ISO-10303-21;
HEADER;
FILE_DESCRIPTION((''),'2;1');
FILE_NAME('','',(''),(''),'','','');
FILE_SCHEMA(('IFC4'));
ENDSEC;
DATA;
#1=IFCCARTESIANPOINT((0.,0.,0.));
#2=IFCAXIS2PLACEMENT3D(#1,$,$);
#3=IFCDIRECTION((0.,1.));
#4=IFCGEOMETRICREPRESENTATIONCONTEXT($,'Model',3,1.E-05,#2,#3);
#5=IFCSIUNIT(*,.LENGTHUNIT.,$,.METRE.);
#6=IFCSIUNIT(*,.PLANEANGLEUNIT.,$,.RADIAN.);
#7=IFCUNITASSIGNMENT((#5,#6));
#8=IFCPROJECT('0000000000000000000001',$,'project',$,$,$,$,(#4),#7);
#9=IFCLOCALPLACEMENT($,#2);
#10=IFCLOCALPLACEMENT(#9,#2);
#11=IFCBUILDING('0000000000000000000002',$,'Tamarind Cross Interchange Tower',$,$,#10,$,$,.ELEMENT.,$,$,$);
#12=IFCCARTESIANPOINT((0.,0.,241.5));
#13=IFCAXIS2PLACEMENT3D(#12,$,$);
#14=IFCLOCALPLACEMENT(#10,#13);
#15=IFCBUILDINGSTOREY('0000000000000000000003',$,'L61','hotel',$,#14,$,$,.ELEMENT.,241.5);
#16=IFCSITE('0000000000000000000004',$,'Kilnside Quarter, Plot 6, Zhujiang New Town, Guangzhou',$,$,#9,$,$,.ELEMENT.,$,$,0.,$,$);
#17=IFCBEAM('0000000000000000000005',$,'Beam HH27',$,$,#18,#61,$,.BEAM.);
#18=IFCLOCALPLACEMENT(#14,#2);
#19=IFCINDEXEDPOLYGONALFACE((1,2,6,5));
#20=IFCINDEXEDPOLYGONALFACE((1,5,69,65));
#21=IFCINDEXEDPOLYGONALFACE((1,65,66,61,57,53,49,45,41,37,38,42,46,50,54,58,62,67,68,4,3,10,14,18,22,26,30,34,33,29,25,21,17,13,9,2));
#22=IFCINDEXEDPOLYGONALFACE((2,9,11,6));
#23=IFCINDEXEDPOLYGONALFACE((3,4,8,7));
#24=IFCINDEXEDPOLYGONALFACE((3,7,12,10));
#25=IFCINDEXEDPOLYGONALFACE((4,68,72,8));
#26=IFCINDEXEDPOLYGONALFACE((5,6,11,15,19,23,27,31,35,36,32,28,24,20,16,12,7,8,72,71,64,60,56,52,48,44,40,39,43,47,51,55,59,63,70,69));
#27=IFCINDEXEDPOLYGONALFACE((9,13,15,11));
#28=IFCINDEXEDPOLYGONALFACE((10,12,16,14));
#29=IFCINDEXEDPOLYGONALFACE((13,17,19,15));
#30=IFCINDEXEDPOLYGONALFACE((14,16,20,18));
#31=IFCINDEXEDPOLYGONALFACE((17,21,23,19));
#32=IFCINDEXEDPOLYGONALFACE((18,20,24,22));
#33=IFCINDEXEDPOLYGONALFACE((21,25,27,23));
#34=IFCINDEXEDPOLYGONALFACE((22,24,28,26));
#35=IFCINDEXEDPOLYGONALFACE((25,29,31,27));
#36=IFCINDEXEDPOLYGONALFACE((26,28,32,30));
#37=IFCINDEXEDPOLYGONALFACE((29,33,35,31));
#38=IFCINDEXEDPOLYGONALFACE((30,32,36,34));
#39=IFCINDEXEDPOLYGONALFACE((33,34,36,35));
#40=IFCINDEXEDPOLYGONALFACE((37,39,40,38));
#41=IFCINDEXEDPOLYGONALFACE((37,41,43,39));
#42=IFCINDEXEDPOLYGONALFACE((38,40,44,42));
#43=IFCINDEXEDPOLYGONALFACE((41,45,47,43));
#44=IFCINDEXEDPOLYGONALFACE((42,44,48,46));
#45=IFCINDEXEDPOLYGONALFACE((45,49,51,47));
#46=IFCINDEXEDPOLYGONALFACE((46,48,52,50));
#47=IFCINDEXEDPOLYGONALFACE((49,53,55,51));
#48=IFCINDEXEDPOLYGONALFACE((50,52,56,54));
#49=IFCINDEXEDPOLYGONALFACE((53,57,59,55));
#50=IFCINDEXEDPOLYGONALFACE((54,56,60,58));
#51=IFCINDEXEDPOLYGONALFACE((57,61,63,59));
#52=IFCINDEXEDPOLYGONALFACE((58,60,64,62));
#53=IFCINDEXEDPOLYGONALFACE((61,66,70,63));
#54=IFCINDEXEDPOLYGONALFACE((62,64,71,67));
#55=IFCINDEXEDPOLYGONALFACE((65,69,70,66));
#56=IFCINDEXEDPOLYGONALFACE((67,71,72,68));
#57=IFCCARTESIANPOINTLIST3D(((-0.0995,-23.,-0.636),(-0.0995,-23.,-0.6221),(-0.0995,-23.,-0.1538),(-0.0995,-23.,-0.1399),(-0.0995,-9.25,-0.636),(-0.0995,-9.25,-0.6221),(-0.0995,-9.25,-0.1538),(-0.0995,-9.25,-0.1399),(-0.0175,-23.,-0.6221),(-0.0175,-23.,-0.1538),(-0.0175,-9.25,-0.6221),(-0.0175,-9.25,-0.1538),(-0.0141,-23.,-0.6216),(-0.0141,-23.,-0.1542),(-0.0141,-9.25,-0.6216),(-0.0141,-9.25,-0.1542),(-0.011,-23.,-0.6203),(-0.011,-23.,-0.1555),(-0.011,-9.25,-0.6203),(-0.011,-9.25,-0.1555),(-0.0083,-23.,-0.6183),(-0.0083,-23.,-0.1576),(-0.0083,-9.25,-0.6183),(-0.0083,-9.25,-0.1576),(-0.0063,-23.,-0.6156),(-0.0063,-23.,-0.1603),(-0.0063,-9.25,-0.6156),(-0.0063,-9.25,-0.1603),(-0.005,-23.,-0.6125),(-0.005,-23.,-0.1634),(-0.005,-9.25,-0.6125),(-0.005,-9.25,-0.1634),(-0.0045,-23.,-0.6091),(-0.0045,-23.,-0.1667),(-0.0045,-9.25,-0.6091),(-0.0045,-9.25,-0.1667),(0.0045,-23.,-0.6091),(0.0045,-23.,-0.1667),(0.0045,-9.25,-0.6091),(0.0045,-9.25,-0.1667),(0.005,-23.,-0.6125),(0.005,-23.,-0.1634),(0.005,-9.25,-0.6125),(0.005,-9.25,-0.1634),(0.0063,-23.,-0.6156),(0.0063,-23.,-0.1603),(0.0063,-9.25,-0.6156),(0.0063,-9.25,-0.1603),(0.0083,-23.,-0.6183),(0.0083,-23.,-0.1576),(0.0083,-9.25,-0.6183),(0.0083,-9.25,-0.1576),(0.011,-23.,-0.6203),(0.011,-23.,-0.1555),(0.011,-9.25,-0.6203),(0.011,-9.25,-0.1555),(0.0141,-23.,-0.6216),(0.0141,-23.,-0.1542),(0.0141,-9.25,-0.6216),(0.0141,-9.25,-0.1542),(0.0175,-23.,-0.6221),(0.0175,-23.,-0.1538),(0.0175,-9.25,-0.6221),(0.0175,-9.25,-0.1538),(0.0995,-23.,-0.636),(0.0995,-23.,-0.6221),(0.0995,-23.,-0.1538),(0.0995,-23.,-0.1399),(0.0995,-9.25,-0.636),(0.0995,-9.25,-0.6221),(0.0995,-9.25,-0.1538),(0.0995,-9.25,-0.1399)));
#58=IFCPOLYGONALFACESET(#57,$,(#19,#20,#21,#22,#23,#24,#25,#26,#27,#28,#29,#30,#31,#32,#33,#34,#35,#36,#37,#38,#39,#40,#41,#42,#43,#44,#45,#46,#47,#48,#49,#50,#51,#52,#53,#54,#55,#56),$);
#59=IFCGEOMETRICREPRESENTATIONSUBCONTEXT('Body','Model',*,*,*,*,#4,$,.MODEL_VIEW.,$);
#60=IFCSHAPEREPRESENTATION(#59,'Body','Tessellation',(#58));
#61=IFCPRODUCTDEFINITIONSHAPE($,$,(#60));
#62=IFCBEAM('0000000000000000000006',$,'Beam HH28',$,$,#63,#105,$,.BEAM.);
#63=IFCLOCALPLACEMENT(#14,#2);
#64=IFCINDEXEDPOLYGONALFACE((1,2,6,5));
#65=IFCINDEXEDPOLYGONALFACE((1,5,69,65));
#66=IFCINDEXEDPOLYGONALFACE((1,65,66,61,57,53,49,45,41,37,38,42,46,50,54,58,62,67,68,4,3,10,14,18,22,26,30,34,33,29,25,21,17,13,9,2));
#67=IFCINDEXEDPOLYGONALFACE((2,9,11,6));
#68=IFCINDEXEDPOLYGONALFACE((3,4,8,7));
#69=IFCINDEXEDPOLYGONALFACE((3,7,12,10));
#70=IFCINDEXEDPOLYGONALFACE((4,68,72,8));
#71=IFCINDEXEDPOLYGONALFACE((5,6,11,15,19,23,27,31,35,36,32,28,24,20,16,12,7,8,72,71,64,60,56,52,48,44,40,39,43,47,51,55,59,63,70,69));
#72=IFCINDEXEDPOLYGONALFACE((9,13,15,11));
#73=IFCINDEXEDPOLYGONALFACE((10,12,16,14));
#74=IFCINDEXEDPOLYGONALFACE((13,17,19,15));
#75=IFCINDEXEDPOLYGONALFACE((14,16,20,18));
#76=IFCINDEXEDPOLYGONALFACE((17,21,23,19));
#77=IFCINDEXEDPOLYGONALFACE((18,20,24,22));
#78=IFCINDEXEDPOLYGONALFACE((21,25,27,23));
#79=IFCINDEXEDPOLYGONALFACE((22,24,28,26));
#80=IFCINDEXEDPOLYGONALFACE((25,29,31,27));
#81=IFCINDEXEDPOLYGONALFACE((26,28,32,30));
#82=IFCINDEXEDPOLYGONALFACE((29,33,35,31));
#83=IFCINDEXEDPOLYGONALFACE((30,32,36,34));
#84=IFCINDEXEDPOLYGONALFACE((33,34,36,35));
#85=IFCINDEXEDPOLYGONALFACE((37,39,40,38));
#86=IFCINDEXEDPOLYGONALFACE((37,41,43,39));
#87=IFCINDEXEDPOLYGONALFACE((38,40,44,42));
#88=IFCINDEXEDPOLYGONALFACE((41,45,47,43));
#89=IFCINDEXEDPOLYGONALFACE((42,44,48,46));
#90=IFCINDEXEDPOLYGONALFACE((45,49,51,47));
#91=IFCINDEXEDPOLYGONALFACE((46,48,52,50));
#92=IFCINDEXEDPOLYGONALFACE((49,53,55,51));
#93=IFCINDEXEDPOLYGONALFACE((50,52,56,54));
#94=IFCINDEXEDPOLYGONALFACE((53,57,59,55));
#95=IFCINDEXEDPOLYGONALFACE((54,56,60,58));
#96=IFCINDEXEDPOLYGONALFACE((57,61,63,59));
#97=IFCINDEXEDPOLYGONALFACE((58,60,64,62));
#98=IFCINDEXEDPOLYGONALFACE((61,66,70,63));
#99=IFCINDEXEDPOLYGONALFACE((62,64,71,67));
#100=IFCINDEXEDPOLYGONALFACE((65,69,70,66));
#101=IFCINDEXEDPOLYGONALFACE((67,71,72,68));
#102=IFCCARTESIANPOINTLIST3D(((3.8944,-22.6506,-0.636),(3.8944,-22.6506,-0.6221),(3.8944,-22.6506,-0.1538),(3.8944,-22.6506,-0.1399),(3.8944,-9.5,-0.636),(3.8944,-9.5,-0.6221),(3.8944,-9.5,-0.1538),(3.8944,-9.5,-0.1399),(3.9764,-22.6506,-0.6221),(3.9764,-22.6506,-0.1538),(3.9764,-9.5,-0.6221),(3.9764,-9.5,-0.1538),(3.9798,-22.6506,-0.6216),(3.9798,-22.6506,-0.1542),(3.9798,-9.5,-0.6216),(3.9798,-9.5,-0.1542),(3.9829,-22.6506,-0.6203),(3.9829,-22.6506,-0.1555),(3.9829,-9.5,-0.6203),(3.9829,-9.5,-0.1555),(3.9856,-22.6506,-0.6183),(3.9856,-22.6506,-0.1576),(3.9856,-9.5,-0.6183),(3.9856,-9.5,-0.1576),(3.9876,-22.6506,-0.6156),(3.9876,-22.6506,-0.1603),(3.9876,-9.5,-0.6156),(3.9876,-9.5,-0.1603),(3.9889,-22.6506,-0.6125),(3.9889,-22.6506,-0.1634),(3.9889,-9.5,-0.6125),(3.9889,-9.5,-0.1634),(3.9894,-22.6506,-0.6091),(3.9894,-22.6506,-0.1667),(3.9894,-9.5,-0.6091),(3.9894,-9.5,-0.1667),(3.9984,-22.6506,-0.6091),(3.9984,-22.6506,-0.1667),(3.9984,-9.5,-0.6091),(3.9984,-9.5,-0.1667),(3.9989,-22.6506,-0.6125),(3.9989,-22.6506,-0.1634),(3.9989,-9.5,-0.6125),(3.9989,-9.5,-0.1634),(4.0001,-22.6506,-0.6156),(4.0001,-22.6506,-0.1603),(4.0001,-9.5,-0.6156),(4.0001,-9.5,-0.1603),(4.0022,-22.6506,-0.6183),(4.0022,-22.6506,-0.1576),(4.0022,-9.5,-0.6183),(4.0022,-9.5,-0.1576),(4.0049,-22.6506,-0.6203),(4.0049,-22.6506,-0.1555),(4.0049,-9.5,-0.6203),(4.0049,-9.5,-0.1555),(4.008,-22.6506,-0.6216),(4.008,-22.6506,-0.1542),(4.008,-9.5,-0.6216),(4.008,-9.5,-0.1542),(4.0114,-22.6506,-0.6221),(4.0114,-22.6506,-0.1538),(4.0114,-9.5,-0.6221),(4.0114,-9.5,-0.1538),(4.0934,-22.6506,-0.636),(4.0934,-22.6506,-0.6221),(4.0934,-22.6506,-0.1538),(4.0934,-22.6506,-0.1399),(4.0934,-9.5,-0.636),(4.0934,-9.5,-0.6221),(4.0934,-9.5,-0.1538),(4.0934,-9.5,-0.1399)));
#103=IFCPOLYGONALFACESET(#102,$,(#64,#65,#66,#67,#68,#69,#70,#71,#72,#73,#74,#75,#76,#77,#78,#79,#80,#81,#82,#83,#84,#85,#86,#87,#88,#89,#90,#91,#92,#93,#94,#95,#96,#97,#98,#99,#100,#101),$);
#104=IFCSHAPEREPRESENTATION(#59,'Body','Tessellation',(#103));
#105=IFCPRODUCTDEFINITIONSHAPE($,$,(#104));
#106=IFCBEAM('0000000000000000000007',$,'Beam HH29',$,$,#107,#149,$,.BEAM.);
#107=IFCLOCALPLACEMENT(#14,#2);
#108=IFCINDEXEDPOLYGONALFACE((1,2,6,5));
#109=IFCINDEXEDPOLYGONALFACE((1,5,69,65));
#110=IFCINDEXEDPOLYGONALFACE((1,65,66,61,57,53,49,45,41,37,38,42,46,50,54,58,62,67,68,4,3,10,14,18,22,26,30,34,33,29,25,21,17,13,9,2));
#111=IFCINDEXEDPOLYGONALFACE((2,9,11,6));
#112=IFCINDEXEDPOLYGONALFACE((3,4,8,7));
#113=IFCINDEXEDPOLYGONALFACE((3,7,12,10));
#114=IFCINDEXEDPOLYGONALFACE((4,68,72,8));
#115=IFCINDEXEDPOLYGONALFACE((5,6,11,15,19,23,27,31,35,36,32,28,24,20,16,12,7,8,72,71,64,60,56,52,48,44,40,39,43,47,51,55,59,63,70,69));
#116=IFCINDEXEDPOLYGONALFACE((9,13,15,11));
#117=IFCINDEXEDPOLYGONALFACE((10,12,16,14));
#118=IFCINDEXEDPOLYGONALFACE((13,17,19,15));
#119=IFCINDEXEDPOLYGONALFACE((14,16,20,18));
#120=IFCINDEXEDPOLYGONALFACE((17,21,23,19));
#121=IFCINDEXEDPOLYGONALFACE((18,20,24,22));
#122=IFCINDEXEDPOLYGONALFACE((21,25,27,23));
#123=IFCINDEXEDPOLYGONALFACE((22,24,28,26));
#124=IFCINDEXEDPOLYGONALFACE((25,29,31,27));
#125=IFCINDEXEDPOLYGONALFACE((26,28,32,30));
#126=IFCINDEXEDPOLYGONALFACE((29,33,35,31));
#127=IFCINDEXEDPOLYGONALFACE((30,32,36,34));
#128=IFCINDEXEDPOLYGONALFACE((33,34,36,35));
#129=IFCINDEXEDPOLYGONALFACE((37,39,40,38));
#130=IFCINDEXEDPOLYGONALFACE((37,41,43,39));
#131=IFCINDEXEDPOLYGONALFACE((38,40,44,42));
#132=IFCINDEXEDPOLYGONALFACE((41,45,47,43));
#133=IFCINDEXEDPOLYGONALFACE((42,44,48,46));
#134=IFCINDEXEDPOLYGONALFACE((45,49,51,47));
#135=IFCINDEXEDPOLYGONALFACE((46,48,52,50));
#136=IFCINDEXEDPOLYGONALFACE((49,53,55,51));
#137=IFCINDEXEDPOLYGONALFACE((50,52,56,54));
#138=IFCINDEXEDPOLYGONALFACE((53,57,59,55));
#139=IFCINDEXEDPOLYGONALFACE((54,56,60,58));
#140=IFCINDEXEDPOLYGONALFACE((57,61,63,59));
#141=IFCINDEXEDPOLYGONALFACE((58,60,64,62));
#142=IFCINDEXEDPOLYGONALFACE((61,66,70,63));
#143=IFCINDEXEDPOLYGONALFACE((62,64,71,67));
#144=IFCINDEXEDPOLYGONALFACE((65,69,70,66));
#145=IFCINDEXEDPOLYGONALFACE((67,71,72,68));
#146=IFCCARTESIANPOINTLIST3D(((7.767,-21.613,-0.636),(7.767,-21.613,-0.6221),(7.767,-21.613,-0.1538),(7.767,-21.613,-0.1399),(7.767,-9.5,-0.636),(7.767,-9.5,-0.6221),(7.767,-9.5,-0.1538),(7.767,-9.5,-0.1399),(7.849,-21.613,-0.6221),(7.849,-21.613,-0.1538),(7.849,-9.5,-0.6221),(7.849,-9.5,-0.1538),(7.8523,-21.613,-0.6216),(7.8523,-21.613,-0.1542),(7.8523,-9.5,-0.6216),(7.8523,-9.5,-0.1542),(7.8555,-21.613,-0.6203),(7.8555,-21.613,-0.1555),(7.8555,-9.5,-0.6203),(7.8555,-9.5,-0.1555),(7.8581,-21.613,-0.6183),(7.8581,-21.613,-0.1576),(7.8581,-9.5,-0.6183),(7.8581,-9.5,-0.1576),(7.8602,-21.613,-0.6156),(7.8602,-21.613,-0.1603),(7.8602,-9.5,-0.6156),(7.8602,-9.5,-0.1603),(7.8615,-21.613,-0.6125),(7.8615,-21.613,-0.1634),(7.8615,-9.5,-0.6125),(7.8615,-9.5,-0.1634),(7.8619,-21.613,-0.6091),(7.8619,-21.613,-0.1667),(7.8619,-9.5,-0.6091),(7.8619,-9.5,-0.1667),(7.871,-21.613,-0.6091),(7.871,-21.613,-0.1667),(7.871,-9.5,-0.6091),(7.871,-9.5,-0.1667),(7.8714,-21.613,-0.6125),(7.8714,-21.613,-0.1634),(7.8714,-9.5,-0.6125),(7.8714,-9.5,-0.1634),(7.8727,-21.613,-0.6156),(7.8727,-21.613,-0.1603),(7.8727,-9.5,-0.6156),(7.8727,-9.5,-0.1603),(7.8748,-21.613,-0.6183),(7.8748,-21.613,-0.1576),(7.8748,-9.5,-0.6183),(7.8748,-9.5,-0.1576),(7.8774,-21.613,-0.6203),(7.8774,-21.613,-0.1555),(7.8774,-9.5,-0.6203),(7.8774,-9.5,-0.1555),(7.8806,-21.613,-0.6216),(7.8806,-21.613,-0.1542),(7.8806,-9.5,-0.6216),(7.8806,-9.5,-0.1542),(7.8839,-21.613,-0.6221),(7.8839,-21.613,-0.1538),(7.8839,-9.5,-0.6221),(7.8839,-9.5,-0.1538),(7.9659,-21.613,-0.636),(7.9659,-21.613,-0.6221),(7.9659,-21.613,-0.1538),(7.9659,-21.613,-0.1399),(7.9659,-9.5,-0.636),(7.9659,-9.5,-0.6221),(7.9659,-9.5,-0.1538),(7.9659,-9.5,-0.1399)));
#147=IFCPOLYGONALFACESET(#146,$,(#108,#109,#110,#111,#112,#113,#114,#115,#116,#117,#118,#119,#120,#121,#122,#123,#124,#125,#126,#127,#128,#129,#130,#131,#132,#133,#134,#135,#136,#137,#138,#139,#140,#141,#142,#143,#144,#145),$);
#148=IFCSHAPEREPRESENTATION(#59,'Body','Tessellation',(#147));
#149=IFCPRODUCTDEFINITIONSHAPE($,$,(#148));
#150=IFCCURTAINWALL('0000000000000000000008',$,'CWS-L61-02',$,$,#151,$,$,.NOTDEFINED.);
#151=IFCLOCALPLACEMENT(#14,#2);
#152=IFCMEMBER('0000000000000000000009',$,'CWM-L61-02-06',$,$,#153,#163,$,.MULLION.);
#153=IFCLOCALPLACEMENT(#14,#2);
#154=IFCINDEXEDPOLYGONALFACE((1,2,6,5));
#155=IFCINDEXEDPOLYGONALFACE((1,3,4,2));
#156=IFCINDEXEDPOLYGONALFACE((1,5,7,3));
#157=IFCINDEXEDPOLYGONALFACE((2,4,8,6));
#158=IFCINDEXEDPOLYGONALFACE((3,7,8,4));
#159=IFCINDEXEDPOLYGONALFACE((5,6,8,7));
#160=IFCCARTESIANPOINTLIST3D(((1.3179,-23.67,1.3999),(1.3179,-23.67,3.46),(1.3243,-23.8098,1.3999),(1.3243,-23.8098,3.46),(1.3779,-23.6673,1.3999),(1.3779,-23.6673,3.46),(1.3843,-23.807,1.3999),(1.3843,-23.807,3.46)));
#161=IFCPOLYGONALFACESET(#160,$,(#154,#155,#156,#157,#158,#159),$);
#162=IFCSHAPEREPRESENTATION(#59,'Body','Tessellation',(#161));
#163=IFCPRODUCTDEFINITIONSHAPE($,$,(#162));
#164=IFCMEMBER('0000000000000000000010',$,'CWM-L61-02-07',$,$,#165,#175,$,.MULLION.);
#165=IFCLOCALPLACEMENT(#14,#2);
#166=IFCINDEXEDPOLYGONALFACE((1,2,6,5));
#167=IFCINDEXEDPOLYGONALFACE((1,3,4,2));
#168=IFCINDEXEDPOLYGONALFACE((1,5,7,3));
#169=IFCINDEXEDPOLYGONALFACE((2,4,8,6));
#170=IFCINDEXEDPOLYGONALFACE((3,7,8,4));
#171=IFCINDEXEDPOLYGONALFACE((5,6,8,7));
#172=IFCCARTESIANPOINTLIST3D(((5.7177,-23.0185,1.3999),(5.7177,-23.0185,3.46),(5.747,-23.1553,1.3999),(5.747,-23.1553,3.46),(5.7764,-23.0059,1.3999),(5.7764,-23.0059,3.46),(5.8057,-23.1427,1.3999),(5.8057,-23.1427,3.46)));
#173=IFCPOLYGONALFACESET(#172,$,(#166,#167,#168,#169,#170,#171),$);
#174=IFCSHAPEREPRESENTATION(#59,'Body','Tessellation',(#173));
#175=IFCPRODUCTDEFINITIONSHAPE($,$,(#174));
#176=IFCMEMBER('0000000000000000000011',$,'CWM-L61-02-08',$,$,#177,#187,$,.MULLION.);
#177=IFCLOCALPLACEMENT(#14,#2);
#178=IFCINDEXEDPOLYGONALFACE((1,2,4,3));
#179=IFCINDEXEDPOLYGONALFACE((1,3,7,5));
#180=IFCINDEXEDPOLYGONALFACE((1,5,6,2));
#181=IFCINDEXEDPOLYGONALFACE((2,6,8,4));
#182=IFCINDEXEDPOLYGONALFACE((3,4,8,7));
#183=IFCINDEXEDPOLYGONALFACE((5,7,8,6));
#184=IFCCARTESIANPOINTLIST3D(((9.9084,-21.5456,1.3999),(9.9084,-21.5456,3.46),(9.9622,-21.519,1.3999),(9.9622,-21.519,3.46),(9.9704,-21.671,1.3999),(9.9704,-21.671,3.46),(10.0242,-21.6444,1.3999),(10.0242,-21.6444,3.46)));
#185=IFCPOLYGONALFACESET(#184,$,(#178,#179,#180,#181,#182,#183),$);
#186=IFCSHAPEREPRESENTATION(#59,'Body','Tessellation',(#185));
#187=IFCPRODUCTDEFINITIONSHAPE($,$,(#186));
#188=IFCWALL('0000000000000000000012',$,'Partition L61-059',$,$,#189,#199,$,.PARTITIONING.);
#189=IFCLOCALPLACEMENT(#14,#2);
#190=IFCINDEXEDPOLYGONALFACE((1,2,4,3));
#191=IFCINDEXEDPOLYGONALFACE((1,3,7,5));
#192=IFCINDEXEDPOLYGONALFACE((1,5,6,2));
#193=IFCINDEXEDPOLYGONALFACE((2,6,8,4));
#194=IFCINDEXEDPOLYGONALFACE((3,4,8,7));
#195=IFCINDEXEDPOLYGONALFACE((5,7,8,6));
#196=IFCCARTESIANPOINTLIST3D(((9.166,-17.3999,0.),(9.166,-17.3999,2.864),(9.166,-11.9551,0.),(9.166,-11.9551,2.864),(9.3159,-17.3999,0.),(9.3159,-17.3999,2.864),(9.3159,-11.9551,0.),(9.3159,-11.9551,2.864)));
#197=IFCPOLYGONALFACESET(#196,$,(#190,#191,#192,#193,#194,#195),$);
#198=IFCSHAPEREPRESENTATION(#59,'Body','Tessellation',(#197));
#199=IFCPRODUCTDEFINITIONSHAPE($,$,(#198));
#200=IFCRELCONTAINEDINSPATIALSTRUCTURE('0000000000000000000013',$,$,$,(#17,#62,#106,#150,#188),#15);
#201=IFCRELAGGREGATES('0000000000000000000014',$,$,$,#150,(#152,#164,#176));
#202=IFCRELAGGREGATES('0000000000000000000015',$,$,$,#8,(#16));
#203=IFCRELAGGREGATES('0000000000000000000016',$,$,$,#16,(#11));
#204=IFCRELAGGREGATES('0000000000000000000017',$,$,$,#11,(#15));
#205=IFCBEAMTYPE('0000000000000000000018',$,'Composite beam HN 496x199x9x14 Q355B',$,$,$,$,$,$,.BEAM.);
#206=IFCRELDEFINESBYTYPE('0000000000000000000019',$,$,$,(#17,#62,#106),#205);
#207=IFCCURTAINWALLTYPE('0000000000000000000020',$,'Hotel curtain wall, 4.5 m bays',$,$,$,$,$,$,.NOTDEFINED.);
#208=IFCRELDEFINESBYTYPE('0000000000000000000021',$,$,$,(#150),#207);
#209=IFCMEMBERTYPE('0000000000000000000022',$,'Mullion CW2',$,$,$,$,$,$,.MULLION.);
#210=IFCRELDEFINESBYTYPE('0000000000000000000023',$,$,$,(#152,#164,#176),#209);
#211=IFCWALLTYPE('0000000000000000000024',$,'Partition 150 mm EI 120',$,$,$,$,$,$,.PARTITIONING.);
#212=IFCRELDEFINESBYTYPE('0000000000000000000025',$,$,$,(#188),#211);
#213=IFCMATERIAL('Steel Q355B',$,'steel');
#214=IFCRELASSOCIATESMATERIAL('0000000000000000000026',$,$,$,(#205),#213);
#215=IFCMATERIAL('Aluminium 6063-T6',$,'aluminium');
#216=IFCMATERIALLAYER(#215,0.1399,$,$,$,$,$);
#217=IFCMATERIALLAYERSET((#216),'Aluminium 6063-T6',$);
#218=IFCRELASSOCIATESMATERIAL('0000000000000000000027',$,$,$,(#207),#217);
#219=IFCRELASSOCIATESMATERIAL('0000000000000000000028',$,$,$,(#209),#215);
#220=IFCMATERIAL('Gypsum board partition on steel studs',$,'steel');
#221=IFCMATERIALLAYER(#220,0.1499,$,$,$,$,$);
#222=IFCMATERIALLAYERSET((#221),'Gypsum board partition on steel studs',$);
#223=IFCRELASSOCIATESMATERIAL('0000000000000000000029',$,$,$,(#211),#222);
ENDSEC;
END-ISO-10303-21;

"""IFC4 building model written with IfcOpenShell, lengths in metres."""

from ifc_helpers import new_model, si_unit, direction, frame, frame_2d, origin, origin_2d, place, context, subcontext, project, spatial, rectangle, i_section, extrude, material, layer, layer_set, material_profile, profile_set, type_object, element, aggregate, save


model = new_model("IFC4")

# Units and contexts
model_context = context("Model", 3, precision=1e-05, world=origin(), true_north=direction((0.0, 1.0)))
body_context = subcontext(model_context, "Body", "Model", "MODEL_VIEW")
ifc_project = project(units=[si_unit("LENGTHUNIT", "METRE"), si_unit("PLANEANGLEUNIT", "RADIAN")], contexts=[model_context])

# Site, building, storey
site_placement = place(None, origin())
site = spatial("IfcSite", under=ifc_project, at=site_placement, Name="Kilnside Quarter, Plot 6, Zhujiang New Town, Guangzhou", CompositionType="ELEMENT", RefElevation=0.0)
building_placement = place(site_placement, origin())
building = spatial("IfcBuilding", under=site, at=building_placement, Name="Tamarind Cross Interchange Tower", CompositionType="ELEMENT")
storey_placement = place(building_placement, frame((0.0, 0.0, 241.5)))
storey = spatial("IfcBuildingStorey", under=building, at=storey_placement, Name="L61", Description="hotel", CompositionType="ELEMENT", Elevation=241.5)

# Beams
ifc_material_1 = material(Name="Steel Q355B", Category="steel")
ifc_material_profile_1 = material_profile(ifc_material_1, i_section(OverallWidth=0.199, OverallDepth=0.4961, WebThickness=0.009, FlangeThickness=0.0139, FilletRadius=0.0129, at=origin_2d()), Name="HN 496x199x9x14")
ifc_profile_set_1 = profile_set([ifc_material_profile_1], Name="Steel Q355B")
beam_type = type_object("IfcBeamType", Name="Composite beam HN 496x199x9x14 Q355B", PredefinedType="BEAM", material=ifc_profile_set_1)
beam_1_placement = place(storey_placement, frame((0.0, -23.0, -0.3879), z_axis=(0.0, 1.0, 0.0), x_axis=(-1.0, 0.0, 0.0)))
element("IfcBeam", 1, at=beam_1_placement, inside=storey, type_object=beam_type, Name="Beam HH27", PredefinedType="BEAM", context=body_context, shape_type="SweptSolid", body=[
    extrude(i_section(OverallWidth=0.199, OverallDepth=0.4961, WebThickness=0.009, FlangeThickness=0.0139, FilletRadius=0.0129, at=origin_2d()), origin(), (0.0, 0.0, 1.0), 13.75),
])
beam_2_placement = place(storey_placement, frame((3.9939, -22.6506, -0.3879), z_axis=(0.0, 1.0, 0.0), x_axis=(-1.0, 0.0, 0.0)))
element("IfcBeam", 2, at=beam_2_placement, inside=storey, type_object=beam_type, Name="Beam HH28", PredefinedType="BEAM", context=body_context, shape_type="SweptSolid", body=[
    extrude(i_section(OverallWidth=0.199, OverallDepth=0.4961, WebThickness=0.009, FlangeThickness=0.0139, FilletRadius=0.0129, at=origin_2d()), origin(), (0.0, 0.0, 1.0), 13.1506),
])
beam_3_placement = place(storey_placement, frame((7.8665, -21.613, -0.3879), z_axis=(0.0, 1.0, 0.0), x_axis=(-1.0, 0.0, 0.0)))
element("IfcBeam", 3, at=beam_3_placement, inside=storey, type_object=beam_type, Name="Beam HH29", PredefinedType="BEAM", context=body_context, shape_type="SweptSolid", body=[
    extrude(i_section(OverallWidth=0.199, OverallDepth=0.4961, WebThickness=0.009, FlangeThickness=0.0139, FilletRadius=0.0129, at=origin_2d()), origin(), (0.0, 0.0, 1.0), 12.113),
])

# Curtain wall, members
ifc_material_2 = material(Name="Aluminium 6063-T6", Category="aluminium")
ifc_layer_1 = layer(ifc_material_2, 0.1399)
ifc_layer_set_1 = layer_set([ifc_layer_1], Name="Aluminium 6063-T6")
curtain_wall_type = type_object("IfcCurtainWallType", Name="Hotel curtain wall, 4.5 m bays", PredefinedType="NOTDEFINED", material=ifc_layer_set_1)
curtain_wall_placement = place(storey_placement, origin())
curtain_wall = element("IfcCurtainWall", 4, at=curtain_wall_placement, inside=storey, type_object=curtain_wall_type, Name="CWS-L61-02", PredefinedType="NOTDEFINED")
ifc_material_profile_2 = material_profile(ifc_material_2, rectangle(XDim=0.0601, YDim=0.1399, at=origin_2d()), Name="Mullion CW2")
ifc_profile_set_2 = profile_set([ifc_material_profile_2], Name="Aluminium 6063-T6")
member_type = type_object("IfcMemberType", Name="Mullion CW2", PredefinedType="MULLION", material=ifc_profile_set_2)
member_1_placement = place(storey_placement, frame((1.3511, -23.7385, 1.3999), z_axis=(0.0, 0.0, 1.0), x_axis=(0.998959, 0.045624, 0.0)))
member_1 = element("IfcMember", 5, at=member_1_placement, type_object=member_type, Name="CWM-L61-02-06", PredefinedType="MULLION", context=body_context, shape_type="SweptSolid", body=[
    extrude(rectangle(XDim=0.0601, YDim=0.1399, at=origin_2d()), origin(), (0.0, 0.0, 1.0), 2.0601),
])
member_2_placement = place(storey_placement, frame((5.7617, -23.0806, 1.3999), z_axis=(0.0, 0.0, 1.0), x_axis=(0.977825, 0.209425, 0.0)))
member_2 = element("IfcMember", 6, at=member_2_placement, type_object=member_type, Name="CWM-L61-02-07", PredefinedType="MULLION", context=body_context, shape_type="SweptSolid", body=[
    extrude(rectangle(XDim=0.0601, YDim=0.1399, at=origin_2d()), origin(), (0.0, 0.0, 1.0), 2.0601),
])
member_3_placement = place(storey_placement, frame((9.9663, -21.595, 1.3999), z_axis=(0.0, 0.0, 1.0), x_axis=(0.896493, 0.443059, 0.0)))
member_3 = element("IfcMember", 7, at=member_3_placement, type_object=member_type, Name="CWM-L61-02-08", PredefinedType="MULLION", context=body_context, shape_type="SweptSolid", body=[
    extrude(rectangle(XDim=0.0601, YDim=0.1399, at=origin_2d()), origin(), (0.0, 0.0, 1.0), 2.0601),
])
aggregate(curtain_wall, [member_1, member_2, member_3])

# Wall
ifc_material_3 = material(Name="Gypsum board partition on steel studs", Category="steel")
ifc_layer_2 = layer(ifc_material_3, 0.1499)
ifc_layer_set_2 = layer_set([ifc_layer_2], Name="Gypsum board partition on steel studs")
wall_type = type_object("IfcWallType", Name="Partition 150 mm EI 120", PredefinedType="PARTITIONING", material=ifc_layer_set_2)
wall_placement = place(storey_placement, frame((9.241, -17.3999, 0.0), z_axis=(0.0, 0.0, 1.0), x_axis=(0.0, 1.0, 0.0)))
element("IfcWall", 8, at=wall_placement, inside=storey, type_object=wall_type, Name="Partition L61-059", PredefinedType="PARTITIONING", context=body_context, shape_type="SweptSolid", body=[
    extrude(rectangle(XDim=5.4448, YDim=0.1499, at=frame_2d((2.7224, 0.0))), origin(), (0.0, 0.0, 1.0), 2.864),
])

save(model, "model.ifc")
